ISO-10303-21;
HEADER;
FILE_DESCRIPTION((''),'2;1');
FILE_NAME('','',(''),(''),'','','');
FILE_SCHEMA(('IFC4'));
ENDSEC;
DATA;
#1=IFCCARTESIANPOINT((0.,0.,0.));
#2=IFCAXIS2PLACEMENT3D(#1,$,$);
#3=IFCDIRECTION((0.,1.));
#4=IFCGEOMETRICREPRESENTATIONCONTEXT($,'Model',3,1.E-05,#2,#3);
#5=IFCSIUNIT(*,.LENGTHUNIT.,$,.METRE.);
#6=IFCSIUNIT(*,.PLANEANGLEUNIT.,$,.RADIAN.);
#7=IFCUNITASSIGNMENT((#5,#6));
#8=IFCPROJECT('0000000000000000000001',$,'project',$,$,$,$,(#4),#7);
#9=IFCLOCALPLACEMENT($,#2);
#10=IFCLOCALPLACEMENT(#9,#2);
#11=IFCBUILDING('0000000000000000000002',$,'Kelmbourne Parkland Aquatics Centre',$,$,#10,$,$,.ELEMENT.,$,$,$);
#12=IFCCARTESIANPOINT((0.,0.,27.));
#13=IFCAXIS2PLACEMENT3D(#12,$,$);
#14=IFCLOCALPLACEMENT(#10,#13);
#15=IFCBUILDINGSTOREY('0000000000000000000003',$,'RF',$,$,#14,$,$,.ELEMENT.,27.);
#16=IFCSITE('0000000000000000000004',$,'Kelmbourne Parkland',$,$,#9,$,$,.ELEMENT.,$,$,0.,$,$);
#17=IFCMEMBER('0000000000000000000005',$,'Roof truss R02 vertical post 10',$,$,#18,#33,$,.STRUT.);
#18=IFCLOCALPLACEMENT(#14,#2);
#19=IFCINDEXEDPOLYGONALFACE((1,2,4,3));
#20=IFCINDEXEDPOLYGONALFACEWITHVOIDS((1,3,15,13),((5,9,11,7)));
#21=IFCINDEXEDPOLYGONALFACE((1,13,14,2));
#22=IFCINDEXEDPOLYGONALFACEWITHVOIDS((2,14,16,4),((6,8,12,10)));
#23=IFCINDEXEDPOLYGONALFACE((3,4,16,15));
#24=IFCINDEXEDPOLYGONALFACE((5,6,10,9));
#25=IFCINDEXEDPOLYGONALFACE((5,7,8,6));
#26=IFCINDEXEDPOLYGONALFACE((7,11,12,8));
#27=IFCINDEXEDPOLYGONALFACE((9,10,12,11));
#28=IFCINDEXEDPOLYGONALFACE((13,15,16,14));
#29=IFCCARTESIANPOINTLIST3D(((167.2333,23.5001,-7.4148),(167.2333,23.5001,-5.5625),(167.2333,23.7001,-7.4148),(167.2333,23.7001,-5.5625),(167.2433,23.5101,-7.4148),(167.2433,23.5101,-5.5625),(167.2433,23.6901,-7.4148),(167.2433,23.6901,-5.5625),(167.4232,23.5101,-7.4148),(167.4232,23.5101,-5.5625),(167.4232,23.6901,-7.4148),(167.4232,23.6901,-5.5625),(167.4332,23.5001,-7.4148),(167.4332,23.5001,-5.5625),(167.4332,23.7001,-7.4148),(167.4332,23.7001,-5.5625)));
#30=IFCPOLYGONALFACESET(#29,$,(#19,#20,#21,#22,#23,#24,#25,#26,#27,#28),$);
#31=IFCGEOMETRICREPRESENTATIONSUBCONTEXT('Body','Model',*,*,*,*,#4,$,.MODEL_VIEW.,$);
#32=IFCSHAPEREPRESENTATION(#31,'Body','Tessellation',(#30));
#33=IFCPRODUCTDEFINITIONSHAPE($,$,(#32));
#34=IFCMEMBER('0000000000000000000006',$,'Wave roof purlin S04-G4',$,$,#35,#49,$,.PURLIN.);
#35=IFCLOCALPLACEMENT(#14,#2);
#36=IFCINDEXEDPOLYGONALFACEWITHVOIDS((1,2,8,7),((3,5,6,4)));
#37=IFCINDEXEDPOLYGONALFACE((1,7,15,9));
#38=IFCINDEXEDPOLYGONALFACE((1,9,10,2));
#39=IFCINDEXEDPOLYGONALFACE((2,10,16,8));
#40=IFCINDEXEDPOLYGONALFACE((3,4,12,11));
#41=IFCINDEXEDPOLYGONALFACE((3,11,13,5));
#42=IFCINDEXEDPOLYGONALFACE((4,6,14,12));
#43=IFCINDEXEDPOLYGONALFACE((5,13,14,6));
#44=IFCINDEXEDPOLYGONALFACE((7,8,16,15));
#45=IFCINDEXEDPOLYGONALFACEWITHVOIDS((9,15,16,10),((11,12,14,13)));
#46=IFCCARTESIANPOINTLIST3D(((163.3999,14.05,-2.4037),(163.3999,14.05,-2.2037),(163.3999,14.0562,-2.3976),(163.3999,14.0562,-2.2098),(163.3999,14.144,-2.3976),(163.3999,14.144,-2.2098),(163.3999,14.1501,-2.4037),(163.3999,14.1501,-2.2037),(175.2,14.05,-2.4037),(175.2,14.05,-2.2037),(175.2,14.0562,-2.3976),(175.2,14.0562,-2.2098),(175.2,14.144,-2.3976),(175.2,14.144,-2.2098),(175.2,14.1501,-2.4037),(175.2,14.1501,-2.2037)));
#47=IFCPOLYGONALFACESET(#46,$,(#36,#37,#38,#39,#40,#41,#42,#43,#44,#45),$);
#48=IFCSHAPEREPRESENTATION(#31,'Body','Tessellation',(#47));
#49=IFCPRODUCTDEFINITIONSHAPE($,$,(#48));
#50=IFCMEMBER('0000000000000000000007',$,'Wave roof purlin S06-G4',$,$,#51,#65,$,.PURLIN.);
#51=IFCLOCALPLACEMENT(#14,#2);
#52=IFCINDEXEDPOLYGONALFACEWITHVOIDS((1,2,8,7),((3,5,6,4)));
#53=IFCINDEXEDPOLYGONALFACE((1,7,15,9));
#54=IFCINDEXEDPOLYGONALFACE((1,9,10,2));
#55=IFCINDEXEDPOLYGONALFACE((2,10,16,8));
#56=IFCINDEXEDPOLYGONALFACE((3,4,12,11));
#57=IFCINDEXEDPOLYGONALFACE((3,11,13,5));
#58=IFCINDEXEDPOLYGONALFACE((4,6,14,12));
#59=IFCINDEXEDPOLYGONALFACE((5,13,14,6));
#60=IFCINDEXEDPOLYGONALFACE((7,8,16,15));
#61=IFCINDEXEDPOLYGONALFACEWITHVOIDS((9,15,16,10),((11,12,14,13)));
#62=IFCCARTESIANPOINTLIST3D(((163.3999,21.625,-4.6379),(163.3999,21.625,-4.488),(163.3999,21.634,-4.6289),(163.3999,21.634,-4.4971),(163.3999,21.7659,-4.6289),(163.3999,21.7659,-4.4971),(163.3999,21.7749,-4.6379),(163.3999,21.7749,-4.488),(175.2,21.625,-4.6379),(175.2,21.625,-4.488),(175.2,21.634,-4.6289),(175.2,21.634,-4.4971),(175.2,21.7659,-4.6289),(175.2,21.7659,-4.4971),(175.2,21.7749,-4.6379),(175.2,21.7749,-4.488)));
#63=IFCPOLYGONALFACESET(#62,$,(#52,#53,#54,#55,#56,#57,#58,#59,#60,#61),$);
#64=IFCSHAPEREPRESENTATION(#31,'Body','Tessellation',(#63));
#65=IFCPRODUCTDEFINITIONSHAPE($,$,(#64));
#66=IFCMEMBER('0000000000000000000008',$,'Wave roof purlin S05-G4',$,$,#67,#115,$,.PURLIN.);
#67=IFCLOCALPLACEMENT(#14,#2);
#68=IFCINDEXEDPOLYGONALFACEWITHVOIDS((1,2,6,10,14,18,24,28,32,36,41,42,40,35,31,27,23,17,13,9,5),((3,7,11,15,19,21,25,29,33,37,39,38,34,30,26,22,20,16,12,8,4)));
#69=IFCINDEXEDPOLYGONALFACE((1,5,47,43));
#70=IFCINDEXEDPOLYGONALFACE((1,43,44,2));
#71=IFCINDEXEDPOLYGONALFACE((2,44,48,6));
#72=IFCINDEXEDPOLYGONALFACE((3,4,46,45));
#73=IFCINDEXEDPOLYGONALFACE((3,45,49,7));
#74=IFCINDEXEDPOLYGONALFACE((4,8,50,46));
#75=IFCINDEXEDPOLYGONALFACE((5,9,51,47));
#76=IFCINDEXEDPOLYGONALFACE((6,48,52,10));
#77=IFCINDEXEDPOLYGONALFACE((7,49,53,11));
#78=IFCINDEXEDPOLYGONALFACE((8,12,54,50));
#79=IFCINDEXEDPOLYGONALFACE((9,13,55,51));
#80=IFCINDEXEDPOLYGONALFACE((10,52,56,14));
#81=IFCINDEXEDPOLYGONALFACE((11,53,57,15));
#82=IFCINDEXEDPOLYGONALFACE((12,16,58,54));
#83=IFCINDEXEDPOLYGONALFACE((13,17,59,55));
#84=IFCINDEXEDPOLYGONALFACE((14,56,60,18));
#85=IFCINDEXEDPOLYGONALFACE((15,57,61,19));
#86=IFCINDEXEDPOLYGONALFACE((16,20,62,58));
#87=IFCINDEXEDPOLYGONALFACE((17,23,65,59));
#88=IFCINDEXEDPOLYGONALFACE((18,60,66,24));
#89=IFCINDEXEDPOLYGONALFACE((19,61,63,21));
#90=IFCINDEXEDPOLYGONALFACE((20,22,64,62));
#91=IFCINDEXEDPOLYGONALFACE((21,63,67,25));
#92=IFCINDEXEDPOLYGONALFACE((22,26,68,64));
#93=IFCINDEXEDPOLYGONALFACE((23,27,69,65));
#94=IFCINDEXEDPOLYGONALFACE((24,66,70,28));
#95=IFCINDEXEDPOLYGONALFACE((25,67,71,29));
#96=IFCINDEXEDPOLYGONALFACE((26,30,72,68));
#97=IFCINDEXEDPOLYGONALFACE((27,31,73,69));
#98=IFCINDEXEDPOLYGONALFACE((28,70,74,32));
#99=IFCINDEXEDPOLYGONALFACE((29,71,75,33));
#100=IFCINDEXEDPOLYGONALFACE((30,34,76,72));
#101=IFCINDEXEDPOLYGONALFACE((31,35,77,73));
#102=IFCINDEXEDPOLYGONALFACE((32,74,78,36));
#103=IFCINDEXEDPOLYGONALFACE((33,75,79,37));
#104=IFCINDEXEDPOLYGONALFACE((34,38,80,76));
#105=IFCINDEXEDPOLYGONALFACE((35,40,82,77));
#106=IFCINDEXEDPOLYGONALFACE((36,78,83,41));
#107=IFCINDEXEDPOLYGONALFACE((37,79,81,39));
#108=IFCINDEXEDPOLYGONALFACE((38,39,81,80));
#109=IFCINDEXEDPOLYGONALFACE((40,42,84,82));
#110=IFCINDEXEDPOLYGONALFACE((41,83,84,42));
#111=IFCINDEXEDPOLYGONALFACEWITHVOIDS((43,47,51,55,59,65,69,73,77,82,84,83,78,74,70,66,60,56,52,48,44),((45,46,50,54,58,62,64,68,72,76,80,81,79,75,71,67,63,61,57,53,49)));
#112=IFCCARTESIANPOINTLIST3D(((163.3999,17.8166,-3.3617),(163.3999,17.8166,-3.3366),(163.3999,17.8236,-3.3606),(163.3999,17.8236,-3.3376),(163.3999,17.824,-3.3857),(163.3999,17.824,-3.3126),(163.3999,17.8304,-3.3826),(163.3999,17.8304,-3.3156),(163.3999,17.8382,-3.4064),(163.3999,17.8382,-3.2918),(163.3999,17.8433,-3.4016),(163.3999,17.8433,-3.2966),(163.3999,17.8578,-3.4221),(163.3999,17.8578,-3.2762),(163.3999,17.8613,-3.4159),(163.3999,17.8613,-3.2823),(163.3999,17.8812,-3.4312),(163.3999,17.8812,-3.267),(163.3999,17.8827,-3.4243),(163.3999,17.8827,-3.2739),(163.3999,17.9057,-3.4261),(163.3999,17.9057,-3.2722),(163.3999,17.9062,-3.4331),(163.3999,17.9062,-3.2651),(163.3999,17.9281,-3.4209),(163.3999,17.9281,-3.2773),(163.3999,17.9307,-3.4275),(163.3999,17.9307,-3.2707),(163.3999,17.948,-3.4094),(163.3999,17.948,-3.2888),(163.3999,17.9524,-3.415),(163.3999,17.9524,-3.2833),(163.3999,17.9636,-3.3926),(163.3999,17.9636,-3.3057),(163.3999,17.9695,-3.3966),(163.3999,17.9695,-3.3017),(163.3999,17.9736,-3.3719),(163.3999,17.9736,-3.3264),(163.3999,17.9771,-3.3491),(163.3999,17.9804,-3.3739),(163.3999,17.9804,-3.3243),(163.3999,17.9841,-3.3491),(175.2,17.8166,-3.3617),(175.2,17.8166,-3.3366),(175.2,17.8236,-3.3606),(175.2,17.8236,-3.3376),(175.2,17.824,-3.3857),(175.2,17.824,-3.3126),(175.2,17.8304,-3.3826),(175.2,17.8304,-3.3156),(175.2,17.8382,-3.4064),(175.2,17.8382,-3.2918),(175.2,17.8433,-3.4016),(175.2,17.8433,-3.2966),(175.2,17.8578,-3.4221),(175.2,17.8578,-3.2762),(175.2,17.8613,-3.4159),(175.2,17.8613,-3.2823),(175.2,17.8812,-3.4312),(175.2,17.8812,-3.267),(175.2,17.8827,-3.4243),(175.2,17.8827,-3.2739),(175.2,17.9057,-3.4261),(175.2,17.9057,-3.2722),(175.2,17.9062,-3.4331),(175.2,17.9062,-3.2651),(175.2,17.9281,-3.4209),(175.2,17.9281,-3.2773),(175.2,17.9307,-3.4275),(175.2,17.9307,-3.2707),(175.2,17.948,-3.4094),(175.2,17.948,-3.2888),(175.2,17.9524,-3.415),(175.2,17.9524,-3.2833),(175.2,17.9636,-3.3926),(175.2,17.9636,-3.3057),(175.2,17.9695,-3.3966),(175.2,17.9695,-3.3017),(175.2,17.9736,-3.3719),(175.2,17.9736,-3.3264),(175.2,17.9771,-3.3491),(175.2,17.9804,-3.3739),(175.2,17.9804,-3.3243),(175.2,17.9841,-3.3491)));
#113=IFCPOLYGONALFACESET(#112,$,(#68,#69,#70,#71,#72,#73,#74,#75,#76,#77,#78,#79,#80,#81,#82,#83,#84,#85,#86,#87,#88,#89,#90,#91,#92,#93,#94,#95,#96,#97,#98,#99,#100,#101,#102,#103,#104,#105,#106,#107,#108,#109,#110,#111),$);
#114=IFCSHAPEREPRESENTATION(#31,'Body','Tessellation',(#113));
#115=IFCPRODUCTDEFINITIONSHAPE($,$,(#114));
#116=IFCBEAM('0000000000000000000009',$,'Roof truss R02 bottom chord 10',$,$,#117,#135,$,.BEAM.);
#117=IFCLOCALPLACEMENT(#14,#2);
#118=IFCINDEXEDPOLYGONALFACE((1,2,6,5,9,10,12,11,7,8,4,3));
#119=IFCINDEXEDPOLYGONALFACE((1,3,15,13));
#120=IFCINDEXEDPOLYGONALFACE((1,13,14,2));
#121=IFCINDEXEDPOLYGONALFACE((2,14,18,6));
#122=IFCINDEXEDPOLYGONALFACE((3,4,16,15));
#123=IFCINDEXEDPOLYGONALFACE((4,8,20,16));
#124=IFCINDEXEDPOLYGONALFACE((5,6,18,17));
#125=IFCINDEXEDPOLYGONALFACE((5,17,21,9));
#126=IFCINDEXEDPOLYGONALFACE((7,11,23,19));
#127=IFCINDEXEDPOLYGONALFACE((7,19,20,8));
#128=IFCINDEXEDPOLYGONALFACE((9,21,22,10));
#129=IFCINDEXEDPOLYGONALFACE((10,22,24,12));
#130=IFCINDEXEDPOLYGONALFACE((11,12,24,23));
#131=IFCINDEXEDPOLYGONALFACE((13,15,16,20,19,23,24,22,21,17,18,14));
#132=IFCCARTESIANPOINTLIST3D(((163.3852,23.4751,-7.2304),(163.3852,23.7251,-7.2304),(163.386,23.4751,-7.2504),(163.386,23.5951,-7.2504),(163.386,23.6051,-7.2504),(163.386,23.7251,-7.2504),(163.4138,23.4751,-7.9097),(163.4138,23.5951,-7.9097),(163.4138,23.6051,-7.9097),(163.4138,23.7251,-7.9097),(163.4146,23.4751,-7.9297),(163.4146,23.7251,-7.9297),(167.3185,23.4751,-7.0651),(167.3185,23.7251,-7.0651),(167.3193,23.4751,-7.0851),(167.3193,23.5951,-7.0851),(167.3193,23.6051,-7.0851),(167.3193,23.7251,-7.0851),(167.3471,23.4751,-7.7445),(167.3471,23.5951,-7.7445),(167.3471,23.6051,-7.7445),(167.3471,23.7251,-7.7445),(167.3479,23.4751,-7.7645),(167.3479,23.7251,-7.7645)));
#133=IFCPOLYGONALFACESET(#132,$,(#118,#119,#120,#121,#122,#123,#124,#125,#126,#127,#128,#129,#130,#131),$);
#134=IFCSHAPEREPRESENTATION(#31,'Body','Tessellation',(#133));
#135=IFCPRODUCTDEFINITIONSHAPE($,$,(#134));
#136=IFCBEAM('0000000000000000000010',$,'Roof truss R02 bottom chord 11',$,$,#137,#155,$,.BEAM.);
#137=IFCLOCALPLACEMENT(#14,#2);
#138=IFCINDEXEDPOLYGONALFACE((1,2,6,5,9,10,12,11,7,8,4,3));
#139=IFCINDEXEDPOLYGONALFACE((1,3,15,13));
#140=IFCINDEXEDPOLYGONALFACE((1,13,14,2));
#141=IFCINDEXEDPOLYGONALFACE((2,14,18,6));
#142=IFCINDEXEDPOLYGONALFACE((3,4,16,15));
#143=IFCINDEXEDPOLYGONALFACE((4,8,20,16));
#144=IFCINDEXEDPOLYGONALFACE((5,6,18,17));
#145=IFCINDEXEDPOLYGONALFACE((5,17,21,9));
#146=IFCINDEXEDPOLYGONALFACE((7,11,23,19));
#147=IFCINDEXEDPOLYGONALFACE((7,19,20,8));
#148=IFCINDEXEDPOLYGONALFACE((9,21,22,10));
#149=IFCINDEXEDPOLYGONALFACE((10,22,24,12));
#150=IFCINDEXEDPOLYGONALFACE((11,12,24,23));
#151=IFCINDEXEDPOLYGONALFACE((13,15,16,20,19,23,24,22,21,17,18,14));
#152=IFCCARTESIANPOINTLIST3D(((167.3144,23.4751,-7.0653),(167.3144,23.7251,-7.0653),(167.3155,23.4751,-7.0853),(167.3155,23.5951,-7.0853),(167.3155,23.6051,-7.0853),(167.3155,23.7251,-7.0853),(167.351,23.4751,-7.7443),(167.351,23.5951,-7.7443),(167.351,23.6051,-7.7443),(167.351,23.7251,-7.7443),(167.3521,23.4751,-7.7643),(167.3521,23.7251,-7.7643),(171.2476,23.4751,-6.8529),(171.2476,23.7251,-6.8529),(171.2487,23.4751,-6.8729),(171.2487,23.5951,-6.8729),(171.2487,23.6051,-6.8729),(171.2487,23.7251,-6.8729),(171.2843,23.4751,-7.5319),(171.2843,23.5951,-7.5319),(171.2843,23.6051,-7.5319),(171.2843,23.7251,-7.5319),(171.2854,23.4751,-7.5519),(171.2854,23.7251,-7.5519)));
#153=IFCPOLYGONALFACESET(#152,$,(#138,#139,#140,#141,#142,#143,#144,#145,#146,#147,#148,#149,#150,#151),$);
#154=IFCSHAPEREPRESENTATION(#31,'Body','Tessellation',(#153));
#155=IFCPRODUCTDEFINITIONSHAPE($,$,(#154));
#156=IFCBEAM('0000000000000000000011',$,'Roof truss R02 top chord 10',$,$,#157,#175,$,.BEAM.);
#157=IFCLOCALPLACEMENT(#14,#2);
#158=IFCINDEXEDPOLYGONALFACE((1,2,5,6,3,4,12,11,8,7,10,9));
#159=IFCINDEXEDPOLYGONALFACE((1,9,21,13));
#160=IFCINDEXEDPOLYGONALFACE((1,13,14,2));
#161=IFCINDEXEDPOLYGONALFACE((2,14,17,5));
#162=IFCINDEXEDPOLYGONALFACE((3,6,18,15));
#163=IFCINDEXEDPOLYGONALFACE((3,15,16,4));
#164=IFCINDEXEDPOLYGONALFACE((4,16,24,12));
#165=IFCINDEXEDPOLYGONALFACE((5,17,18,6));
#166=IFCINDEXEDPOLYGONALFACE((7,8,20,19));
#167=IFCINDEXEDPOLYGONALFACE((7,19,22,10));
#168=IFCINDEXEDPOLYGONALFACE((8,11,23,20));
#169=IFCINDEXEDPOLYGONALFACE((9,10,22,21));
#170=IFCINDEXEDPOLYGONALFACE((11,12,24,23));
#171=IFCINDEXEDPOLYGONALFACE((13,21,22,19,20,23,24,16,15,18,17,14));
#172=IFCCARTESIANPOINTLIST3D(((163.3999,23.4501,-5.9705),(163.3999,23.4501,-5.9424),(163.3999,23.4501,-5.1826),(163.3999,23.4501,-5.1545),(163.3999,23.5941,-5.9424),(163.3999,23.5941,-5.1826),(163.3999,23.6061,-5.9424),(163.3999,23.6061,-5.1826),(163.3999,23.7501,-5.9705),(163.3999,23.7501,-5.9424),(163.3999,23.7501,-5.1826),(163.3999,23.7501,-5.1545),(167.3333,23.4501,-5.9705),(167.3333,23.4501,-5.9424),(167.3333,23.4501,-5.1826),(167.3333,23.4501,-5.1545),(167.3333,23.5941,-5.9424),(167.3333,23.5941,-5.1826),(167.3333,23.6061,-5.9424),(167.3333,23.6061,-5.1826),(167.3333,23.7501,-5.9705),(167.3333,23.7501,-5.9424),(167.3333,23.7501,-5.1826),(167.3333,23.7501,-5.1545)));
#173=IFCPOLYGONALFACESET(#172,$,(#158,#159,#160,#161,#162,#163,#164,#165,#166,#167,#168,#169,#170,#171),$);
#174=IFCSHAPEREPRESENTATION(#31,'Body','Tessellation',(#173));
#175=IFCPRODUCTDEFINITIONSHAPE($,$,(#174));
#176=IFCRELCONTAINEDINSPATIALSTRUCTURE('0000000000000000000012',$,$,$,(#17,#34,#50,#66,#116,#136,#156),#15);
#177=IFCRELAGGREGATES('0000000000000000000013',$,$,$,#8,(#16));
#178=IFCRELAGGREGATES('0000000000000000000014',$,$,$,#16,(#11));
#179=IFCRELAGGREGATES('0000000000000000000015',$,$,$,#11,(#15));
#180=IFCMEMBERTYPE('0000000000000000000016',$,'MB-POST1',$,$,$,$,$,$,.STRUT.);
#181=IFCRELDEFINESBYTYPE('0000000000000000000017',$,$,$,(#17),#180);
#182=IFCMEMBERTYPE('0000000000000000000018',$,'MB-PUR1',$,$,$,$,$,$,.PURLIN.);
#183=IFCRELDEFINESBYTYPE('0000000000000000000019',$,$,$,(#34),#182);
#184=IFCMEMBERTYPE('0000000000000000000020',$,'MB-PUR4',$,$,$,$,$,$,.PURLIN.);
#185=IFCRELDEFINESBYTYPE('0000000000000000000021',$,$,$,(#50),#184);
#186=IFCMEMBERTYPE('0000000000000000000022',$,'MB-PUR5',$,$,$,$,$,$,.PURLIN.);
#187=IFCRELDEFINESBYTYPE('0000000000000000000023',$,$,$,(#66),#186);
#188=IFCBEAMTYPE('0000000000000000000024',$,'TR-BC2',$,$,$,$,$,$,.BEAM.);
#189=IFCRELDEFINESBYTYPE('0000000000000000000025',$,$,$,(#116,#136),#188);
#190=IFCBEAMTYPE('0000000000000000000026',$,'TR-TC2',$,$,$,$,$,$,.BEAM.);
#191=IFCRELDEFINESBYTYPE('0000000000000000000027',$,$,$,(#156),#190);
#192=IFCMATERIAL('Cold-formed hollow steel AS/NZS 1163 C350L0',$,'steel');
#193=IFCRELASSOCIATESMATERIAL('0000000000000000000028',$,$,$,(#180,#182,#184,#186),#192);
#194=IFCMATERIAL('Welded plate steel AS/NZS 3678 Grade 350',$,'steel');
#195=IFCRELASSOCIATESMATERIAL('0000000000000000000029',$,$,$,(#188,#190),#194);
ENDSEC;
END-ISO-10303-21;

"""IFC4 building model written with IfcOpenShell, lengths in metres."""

from ifc_helpers import new_model, si_unit, direction, frame, origin, origin_2d, place, context, subcontext, project, spatial, hollow_rectangle, hollow_circle, i_section, extrude, material, material_profile, profile_set, type_object, element, save


model = new_model("IFC4")

# Units and contexts
model_context = context("Model", 3, precision=1e-05, world=origin(), true_north=direction((0.0, 1.0)))
body_context = subcontext(model_context, "Body", "Model", "MODEL_VIEW")
ifc_project = project(units=[si_unit("LENGTHUNIT", "METRE"), si_unit("PLANEANGLEUNIT", "RADIAN")], contexts=[model_context])

# Site, building, storey
site_placement = place(None, origin())
site = spatial("IfcSite", under=ifc_project, at=site_placement, Name="Kelmbourne Parkland", CompositionType="ELEMENT", RefElevation=0.0)
building_placement = place(site_placement, origin())
building = spatial("IfcBuilding", under=site, at=building_placement, Name="Kelmbourne Parkland Aquatics Centre", CompositionType="ELEMENT")
storey_placement = place(building_placement, frame((0.0, 0.0, 27.0)))
storey = spatial("IfcBuildingStorey", under=building, at=storey_placement, Name="RF", CompositionType="ELEMENT", Elevation=27.0)

# Members
ifc_material_1 = material(Name="Cold-formed hollow steel AS/NZS 1163 C350L0", Category="steel")
ifc_material_profile_1 = material_profile(ifc_material_1, hollow_rectangle(XDim=0.2, YDim=0.2, WallThickness=0.01, at=origin_2d()), Name="SHS 200x200x10.0")
ifc_profile_set_1 = profile_set([ifc_material_profile_1], Name="Cold-formed hollow steel AS/NZS 1163 C350L0")
member_type_1 = type_object("IfcMemberType", Name="MB-POST1", PredefinedType="STRUT", material=ifc_profile_set_1)
member_1_placement = place(storey_placement, frame((167.3333, 23.6001, -7.4148), z_axis=(0.0, 0.0, 1.0), x_axis=(1.0, 0.0, 0.0)))
element("IfcMember", 1, at=member_1_placement, inside=storey, type_object=member_type_1, Name="Roof truss R02 vertical post 10", PredefinedType="STRUT", context=body_context, shape_type="SweptSolid", body=[
    extrude(hollow_rectangle(XDim=0.2, YDim=0.2, WallThickness=0.01, at=origin_2d()), origin(), (0.0, 0.0, 1.0), 1.8523),
])
ifc_material_profile_2 = material_profile(ifc_material_1, hollow_rectangle(XDim=0.1001, YDim=0.2, WallThickness=0.0061, at=origin_2d()), Name="RHS 200x100x6.0")
ifc_profile_set_2 = profile_set([ifc_material_profile_2], Name="Cold-formed hollow steel AS/NZS 1163 C350L0")
member_type_2 = type_object("IfcMemberType", Name="MB-PUR1", PredefinedType="PURLIN", material=ifc_profile_set_2)
member_2_placement = place(storey_placement, frame((163.3999, 14.1001, -2.3037), z_axis=(1.0, 0.0, 0.0), x_axis=(0.0, 1.0, 0.0)))
element("IfcMember", 2, at=member_2_placement, inside=storey, type_object=member_type_2, Name="Wave roof purlin S04-G4", PredefinedType="PURLIN", context=body_context, shape_type="SweptSolid", body=[
    extrude(hollow_rectangle(XDim=0.1001, YDim=0.2, WallThickness=0.0061, at=origin_2d()), origin(), (0.0, 0.0, 1.0), 11.8),
])
ifc_material_profile_3 = material_profile(ifc_material_1, hollow_rectangle(XDim=0.1499, YDim=0.1499, WallThickness=0.009, at=origin_2d()), Name="SHS 150x150x9.0")
ifc_profile_set_3 = profile_set([ifc_material_profile_3], Name="Cold-formed hollow steel AS/NZS 1163 C350L0")
member_type_3 = type_object("IfcMemberType", Name="MB-PUR4", PredefinedType="PURLIN", material=ifc_profile_set_3)
member_3_placement = place(storey_placement, frame((163.3999, 21.7, -4.563), z_axis=(1.0, 0.0, 0.0), x_axis=(0.0, 1.0, 0.0)))
element("IfcMember", 3, at=member_3_placement, inside=storey, type_object=member_type_3, Name="Wave roof purlin S06-G4", PredefinedType="PURLIN", context=body_context, shape_type="SweptSolid", body=[
    extrude(hollow_rectangle(XDim=0.1499, YDim=0.1499, WallThickness=0.009, at=origin_2d()), origin(), (0.0, 0.0, 1.0), 11.8),
])
ifc_material_profile_4 = material_profile(ifc_material_1, hollow_circle(Radius=0.0842, WallThickness=0.0071, at=origin_2d()), Name="CHS 168.3x7.1")
ifc_profile_set_4 = profile_set([ifc_material_profile_4], Name="Cold-formed hollow steel AS/NZS 1163 C350L0")
member_type_4 = type_object("IfcMemberType", Name="MB-PUR5", PredefinedType="PURLIN", material=ifc_profile_set_4)
member_4_placement = place(storey_placement, frame((163.3999, 17.8999, -3.3491), z_axis=(1.0, 0.0, 0.0), x_axis=(0.0, 1.0, 0.0)))
element("IfcMember", 4, at=member_4_placement, inside=storey, type_object=member_type_4, Name="Wave roof purlin S05-G4", PredefinedType="PURLIN", context=body_context, shape_type="SweptSolid", body=[
    extrude(hollow_circle(Radius=0.0842, WallThickness=0.0071, at=origin_2d()), origin(), (0.0, 0.0, 1.0), 11.8),
])

# Beams
ifc_material_2 = material(Name="Welded plate steel AS/NZS 3678 Grade 350", Category="steel")
ifc_material_profile_5 = material_profile(ifc_material_2, i_section(OverallWidth=0.25, OverallDepth=0.7, WebThickness=0.01, FlangeThickness=0.02, at=origin_2d()), Name="700WB130")
ifc_profile_set_5 = profile_set([ifc_material_profile_5], Name="Welded plate steel AS/NZS 3678 Grade 350")
beam_type_1 = type_object("IfcBeamType", Name="TR-BC2", PredefinedType="BEAM", material=ifc_profile_set_5)
beam_1_placement = place(storey_placement, frame((163.3999, 23.6001, -7.5801), z_axis=(0.999118, 0.0, 0.041984), x_axis=(0.0, 1.0, 0.0)))
element("IfcBeam", 5, at=beam_1_placement, inside=storey, type_object=beam_type_1, Name="Roof truss R02 bottom chord 10", PredefinedType="BEAM", context=body_context, shape_type="SweptSolid", body=[
    extrude(i_section(OverallWidth=0.25, OverallDepth=0.7, WebThickness=0.01, FlangeThickness=0.02, at=origin_2d()), origin(), (0.0, 0.0, 1.0), 3.9368),
])
beam_2_placement = place(storey_placement, frame((167.3333, 23.6001, -7.4148), z_axis=(0.998545, 0.0, 0.053922), x_axis=(0.0, 1.0, 0.0)))
element("IfcBeam", 6, at=beam_2_placement, inside=storey, type_object=beam_type_1, Name="Roof truss R02 bottom chord 11", PredefinedType="BEAM", context=body_context, shape_type="SweptSolid", body=[
    extrude(i_section(OverallWidth=0.25, OverallDepth=0.7, WebThickness=0.01, FlangeThickness=0.02, at=origin_2d()), origin(), (0.0, 0.0, 1.0), 3.939),
])
ifc_material_profile_6 = material_profile(ifc_material_2, i_section(OverallWidth=0.3, OverallDepth=0.8159, WebThickness=0.012, FlangeThickness=0.0281, at=origin_2d()), Name="800WB192")
ifc_profile_set_6 = profile_set([ifc_material_profile_6], Name="Welded plate steel AS/NZS 3678 Grade 350")
beam_type_2 = type_object("IfcBeamType", Name="TR-TC2", PredefinedType="BEAM", material=ifc_profile_set_6)
for number, where, z_axis, x_axis, name in (
    (7, (163.3999, 23.6001, -5.5625), (1.0, 0.0, 0.0), (0.0, 1.0, 0.0), "Roof truss R02 top chord 10"),
):
    element("IfcBeam", number, at=place(storey_placement, frame(where, z_axis=z_axis, x_axis=x_axis)), inside=storey, type_object=beam_type_2, Name=name, PredefinedType="BEAM", context=body_context, shape_type="SweptSolid", body=[
        extrude(i_section(OverallWidth=0.3, OverallDepth=0.8159, WebThickness=0.012, FlangeThickness=0.0281, at=origin_2d()), origin(), (0.0, 0.0, 1.0), 3.9333),
    ])

save(model, "model.ifc")
